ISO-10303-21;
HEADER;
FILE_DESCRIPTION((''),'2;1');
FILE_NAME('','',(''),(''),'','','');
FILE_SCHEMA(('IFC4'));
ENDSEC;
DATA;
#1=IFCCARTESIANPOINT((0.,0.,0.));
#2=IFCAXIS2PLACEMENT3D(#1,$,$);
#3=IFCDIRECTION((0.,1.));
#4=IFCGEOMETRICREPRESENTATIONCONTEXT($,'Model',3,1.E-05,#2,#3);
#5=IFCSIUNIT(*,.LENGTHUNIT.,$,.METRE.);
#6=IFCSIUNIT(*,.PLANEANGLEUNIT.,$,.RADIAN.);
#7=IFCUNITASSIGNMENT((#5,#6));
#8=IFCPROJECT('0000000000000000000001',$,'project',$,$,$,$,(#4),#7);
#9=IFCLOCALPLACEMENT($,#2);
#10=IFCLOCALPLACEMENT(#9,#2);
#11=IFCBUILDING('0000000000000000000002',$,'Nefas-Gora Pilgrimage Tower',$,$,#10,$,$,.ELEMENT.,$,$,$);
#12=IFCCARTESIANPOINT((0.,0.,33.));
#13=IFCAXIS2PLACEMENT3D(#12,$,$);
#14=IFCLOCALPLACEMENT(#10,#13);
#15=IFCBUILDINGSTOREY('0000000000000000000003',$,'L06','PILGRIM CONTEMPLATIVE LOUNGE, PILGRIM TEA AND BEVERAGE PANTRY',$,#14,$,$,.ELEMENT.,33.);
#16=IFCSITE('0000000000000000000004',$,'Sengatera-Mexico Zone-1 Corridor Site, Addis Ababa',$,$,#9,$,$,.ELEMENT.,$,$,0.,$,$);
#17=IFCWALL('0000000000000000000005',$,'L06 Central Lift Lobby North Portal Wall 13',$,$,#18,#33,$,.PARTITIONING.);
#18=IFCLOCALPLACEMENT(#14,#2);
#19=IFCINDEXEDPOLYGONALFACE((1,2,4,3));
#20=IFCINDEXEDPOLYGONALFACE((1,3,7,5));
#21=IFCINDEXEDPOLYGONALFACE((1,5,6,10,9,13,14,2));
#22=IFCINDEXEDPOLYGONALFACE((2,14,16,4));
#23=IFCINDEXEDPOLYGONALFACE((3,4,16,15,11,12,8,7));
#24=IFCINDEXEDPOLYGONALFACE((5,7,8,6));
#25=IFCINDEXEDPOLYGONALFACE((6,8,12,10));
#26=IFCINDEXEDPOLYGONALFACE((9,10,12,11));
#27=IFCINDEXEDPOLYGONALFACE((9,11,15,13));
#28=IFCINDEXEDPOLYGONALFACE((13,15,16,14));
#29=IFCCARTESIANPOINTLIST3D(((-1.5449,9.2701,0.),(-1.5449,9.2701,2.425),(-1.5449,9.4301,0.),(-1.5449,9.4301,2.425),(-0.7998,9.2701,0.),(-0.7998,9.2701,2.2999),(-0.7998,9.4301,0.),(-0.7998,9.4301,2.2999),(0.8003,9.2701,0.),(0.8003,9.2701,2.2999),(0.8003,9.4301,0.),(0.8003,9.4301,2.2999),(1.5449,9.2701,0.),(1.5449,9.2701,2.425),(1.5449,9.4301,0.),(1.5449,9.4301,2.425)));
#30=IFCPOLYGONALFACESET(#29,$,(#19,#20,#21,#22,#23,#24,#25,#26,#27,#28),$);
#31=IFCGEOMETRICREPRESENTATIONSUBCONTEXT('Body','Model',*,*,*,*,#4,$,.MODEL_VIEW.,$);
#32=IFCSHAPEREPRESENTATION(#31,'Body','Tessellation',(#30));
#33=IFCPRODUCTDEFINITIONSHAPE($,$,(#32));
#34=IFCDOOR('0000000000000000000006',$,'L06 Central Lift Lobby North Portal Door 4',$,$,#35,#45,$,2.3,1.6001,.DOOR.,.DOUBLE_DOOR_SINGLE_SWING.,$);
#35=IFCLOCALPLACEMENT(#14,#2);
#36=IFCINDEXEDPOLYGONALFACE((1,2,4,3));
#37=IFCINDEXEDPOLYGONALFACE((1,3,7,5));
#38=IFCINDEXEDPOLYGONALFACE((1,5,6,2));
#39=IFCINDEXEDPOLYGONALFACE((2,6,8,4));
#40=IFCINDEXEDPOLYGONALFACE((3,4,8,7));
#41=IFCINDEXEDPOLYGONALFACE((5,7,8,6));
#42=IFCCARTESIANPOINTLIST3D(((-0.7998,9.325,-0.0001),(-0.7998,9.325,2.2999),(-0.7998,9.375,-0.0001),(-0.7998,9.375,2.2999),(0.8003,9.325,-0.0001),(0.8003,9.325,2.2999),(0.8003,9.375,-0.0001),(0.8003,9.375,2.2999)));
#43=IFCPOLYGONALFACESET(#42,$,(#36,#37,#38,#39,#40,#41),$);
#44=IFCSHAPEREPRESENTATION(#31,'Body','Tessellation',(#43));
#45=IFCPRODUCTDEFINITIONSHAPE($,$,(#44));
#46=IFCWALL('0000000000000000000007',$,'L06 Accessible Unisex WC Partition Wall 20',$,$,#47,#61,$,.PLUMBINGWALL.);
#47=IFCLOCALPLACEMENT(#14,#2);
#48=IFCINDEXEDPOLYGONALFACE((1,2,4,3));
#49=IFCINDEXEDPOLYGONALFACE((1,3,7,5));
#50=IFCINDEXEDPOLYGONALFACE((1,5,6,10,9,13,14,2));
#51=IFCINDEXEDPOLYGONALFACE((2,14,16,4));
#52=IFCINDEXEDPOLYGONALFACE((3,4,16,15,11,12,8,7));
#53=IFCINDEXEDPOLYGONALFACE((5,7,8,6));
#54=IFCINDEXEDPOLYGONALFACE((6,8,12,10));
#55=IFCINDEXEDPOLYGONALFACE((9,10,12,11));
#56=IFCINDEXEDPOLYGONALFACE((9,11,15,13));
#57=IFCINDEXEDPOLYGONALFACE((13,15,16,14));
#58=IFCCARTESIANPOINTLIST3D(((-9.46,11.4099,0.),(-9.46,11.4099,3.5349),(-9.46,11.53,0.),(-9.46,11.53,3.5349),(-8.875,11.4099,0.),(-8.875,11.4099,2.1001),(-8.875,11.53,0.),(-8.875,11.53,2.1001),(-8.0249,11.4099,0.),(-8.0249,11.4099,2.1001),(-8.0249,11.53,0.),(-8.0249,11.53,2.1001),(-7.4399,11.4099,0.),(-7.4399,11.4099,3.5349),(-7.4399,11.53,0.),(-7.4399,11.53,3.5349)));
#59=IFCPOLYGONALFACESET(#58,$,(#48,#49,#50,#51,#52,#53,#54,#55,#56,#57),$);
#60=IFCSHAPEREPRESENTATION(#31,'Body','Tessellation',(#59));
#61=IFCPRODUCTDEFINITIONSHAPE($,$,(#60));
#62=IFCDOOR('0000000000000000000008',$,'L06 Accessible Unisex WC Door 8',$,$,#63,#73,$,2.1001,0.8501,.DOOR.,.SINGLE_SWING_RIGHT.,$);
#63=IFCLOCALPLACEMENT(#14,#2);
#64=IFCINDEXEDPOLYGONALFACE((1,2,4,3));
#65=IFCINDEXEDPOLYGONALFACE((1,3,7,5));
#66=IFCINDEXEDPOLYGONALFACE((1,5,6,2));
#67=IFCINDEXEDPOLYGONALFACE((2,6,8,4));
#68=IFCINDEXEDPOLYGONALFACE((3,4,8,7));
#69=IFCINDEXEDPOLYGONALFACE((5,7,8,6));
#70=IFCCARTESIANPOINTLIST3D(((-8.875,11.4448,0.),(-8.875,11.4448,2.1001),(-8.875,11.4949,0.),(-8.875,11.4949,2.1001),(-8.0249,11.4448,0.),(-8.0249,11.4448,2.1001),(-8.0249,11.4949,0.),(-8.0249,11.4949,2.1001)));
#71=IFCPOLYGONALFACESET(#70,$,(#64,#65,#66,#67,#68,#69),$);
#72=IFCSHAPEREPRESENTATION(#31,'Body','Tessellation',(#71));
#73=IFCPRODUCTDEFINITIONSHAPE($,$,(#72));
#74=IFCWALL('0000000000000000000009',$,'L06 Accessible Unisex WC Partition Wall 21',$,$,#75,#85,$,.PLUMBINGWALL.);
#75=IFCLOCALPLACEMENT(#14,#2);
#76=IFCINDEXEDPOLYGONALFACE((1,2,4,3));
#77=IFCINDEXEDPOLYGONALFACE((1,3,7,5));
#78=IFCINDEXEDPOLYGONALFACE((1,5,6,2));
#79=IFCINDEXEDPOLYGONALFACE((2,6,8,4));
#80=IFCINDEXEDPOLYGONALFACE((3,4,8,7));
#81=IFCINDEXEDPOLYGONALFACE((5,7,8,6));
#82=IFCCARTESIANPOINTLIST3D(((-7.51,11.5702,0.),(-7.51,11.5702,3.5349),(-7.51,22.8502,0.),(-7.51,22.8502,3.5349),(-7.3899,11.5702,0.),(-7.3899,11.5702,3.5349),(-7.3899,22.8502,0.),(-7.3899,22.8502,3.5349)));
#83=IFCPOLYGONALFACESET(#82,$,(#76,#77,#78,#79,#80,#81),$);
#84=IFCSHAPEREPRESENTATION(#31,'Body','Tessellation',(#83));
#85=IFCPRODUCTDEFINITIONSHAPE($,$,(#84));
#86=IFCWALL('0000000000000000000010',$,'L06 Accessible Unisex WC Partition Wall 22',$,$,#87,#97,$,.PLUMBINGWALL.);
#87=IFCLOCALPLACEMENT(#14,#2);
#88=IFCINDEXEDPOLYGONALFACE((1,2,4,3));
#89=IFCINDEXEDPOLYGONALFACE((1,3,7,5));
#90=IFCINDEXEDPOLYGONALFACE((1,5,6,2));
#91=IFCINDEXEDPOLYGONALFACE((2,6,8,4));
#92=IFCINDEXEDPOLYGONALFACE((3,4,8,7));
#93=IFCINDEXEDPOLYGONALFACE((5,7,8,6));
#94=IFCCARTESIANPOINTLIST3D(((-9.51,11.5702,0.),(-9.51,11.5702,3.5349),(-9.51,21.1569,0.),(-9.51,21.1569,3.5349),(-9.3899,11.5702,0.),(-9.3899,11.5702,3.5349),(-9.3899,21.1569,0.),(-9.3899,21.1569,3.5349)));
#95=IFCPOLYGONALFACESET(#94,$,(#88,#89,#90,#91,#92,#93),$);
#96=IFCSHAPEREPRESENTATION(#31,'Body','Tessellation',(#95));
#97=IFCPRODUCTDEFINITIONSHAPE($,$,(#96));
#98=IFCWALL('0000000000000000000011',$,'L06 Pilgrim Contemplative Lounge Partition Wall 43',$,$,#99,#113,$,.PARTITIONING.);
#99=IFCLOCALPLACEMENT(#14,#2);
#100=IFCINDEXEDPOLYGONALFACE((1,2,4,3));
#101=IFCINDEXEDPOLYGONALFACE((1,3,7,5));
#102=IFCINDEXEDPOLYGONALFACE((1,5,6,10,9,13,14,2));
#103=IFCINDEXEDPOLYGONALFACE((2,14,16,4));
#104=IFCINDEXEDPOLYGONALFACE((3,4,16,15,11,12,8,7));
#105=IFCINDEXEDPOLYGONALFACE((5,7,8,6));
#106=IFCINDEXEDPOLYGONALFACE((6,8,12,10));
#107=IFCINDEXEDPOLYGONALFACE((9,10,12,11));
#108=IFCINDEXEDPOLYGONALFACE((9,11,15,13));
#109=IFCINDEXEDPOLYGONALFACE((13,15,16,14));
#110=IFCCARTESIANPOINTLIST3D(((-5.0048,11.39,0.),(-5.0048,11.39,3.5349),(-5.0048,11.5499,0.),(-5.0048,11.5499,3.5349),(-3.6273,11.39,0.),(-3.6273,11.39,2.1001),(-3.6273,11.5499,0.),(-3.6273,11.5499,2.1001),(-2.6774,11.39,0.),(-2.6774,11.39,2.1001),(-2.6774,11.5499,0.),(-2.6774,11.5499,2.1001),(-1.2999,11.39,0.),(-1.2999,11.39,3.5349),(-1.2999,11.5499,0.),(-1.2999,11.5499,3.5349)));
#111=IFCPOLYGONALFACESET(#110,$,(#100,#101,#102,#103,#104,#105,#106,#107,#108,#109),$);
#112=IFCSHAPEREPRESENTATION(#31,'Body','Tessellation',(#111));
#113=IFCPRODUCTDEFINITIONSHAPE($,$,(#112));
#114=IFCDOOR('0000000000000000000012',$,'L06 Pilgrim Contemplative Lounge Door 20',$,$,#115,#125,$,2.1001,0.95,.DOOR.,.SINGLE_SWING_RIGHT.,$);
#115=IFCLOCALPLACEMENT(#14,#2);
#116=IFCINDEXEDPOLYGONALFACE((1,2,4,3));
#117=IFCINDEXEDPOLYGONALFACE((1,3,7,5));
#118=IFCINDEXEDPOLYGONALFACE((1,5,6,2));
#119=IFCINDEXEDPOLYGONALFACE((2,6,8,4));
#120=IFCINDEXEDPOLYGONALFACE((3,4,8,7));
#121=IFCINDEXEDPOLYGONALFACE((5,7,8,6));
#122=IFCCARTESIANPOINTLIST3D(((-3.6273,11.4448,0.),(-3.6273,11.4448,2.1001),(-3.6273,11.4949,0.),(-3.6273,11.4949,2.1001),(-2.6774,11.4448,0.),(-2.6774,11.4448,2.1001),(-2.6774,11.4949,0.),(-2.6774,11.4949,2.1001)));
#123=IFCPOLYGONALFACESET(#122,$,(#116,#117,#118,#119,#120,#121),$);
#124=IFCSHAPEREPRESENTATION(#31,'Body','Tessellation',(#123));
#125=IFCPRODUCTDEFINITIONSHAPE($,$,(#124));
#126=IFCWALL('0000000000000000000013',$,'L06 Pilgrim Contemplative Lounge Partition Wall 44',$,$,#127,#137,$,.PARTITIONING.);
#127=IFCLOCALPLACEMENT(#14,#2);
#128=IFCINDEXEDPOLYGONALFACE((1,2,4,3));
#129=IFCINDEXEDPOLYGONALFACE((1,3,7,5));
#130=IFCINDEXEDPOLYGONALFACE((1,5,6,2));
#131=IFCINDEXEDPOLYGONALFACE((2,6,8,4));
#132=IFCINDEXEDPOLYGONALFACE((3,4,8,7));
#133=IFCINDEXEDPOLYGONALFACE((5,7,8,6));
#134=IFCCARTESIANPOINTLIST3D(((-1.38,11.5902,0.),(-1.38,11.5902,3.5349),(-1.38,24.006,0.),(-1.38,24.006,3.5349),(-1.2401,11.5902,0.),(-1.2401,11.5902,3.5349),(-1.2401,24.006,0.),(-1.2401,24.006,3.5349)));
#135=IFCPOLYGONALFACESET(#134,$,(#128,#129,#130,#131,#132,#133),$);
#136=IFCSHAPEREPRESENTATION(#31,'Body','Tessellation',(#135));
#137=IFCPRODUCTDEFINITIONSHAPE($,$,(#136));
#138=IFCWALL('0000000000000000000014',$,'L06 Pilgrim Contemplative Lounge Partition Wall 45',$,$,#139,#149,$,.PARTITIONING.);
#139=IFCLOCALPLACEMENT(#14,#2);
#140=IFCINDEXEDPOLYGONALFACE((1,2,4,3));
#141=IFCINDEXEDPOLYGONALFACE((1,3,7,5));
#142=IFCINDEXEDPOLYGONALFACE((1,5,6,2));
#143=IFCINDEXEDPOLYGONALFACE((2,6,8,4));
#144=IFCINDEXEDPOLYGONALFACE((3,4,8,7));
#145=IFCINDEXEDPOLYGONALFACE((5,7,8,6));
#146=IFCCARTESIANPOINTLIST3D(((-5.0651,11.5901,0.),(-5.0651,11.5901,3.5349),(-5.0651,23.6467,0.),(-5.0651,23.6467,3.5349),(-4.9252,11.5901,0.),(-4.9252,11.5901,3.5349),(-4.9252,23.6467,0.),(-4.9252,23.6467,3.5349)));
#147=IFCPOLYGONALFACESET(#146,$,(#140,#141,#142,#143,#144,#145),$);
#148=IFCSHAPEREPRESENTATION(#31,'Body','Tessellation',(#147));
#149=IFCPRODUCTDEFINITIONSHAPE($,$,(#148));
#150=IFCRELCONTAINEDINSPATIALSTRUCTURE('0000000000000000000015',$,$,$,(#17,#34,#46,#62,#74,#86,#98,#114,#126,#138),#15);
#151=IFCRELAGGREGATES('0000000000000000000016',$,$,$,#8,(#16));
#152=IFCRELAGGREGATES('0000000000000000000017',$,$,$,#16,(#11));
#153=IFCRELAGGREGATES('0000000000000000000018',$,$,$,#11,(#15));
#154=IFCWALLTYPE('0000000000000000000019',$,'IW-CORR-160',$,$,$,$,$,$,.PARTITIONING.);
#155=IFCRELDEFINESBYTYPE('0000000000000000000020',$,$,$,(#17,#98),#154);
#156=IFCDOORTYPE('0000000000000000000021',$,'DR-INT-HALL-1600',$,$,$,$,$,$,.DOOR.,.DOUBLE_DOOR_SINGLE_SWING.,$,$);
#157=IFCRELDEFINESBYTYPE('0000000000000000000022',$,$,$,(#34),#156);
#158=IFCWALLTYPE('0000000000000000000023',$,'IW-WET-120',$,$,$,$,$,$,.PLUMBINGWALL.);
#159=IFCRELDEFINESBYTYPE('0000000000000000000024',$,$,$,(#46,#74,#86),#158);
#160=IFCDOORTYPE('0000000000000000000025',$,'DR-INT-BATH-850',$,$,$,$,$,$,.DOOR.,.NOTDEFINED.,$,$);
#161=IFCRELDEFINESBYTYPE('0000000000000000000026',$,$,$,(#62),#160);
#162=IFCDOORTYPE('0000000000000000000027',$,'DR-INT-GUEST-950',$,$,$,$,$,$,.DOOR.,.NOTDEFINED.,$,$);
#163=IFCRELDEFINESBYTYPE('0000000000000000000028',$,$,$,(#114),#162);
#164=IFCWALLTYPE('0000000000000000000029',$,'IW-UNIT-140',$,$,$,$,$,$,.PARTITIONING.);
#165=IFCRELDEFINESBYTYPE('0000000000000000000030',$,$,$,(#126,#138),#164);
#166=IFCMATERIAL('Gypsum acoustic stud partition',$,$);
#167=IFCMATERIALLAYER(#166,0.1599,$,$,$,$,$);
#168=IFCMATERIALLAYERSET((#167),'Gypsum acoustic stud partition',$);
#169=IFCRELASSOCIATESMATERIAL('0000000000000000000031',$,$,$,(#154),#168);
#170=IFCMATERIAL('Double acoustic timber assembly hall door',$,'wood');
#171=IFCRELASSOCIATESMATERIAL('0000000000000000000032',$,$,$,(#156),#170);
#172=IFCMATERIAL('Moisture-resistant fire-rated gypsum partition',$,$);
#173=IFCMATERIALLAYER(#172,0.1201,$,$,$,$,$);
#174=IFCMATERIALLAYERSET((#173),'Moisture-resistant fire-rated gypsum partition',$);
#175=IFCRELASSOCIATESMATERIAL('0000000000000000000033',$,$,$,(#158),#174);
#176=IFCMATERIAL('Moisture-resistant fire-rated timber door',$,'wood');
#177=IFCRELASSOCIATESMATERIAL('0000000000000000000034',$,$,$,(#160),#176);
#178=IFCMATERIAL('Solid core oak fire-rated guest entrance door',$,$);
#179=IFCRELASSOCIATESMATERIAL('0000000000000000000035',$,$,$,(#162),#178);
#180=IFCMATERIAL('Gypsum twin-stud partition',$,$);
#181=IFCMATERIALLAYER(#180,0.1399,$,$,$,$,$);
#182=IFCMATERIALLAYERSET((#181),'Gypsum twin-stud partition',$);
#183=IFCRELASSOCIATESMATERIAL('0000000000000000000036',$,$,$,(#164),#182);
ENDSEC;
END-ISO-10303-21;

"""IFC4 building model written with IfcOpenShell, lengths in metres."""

from ifc_helpers import new_model, si_unit, direction, frame, frame_2d, origin, place, context, subcontext, project, spatial, rectangle, extrude, source, transform, mapped, material, layer, layer_set, type_object, element, fill, save


model = new_model("IFC4")

# Units and contexts
model_context = context("Model", 3, precision=1e-05, world=origin(), true_north=direction((0.0, 1.0)))
body_context = subcontext(model_context, "Body", "Model", "MODEL_VIEW")
ifc_project = project(units=[si_unit("LENGTHUNIT", "METRE"), si_unit("PLANEANGLEUNIT", "RADIAN")], contexts=[model_context])

# Site, building, storey
site_placement = place(None, origin())
site = spatial("IfcSite", under=ifc_project, at=site_placement, Name="Sengatera-Mexico Zone-1 Corridor Site, Addis Ababa", CompositionType="ELEMENT", RefElevation=0.0)
building_placement = place(site_placement, origin())
building = spatial("IfcBuilding", under=site, at=building_placement, Name="Nefas-Gora Pilgrimage Tower", CompositionType="ELEMENT")
storey_placement = place(building_placement, frame((0.0, 0.0, 33.0)))
storey = spatial("IfcBuildingStorey", under=building, at=storey_placement, Name="L06", Description="PILGRIM CONTEMPLATIVE LOUNGE, PILGRIM TEA AND BEVERAGE PANTRY", CompositionType="ELEMENT", Elevation=33.0)

# Walls, openings, doors
ifc_material_1 = material(Name="Gypsum acoustic stud partition")
ifc_layer_1 = layer(ifc_material_1, 0.1599)
ifc_layer_set_1 = layer_set([ifc_layer_1], Name="Gypsum acoustic stud partition")
wall_type_1 = type_object("IfcWallType", Name="IW-CORR-160", PredefinedType="PARTITIONING", material=ifc_layer_set_1)
shared_shape_1 = source(origin(), body_context, "Body", "SweptSolid", [
    extrude(rectangle(XDim=3.0898, YDim=0.1599, at=frame_2d((1.5449, 0.0))), origin(), (0.0, 0.0, 1.0), 2.425),
])
wall_1_placement = place(storey_placement, frame((-1.5449, 9.3501, 0.0), z_axis=(0.0, 0.0, 1.0), x_axis=(1.0, 0.0, 0.0)))
wall_1 = element("IfcWall", 1, at=wall_1_placement, inside=storey, type_object=wall_type_1, Name="L06 Central Lift Lobby North Portal Wall 13", PredefinedType="PARTITIONING", context=body_context, shape_type="MappedRepresentation", body=[
    mapped(shared_shape_1, transform((0.0, 0.0, 0.0), x_axis=(1.0, 0.0, 0.0), y_axis=(0.0, 1.0, 0.0), z_axis=(0.0, 0.0, 1.0), scale=1.0)),
])
opening_1_placement = place(wall_1_placement, frame((0.7451, 0.0, 0.0)))
opening_1 = element("IfcOpeningElement", 2, at=opening_1_placement, cuts=wall_1, PredefinedType="OPENING", context=body_context, shape_type="SweptSolid", body=[
    extrude(rectangle(XDim=1.6001, YDim=2.3, at=frame_2d((0.8, 1.1499))), frame((0.0, 0.0898, 0.0), z_axis=(0.0, -1.0, 0.0), x_axis=(1.0, 0.0, 0.0)), (0.0, 0.0, 1.0), 0.1799),
])
ifc_material_2 = material(Name="Double acoustic timber assembly hall door", Category="wood")
door_type_1 = type_object("IfcDoorType", Name="DR-INT-HALL-1600", OperationType="DOUBLE_DOOR_SINGLE_SWING", PredefinedType="DOOR", material=ifc_material_2)
shared_shape_2 = source(origin(), body_context, "Body", "SweptSolid", [
    extrude(rectangle(XDim=1.6001, YDim=2.3, at=frame_2d((0.8, 1.1499))), frame((0.0, 0.0249, 0.0), z_axis=(0.0, -1.0, 0.0), x_axis=(1.0, 0.0, 0.0)), (0.0, 0.0, 1.0), 0.05),
])
door_1_placement = place(opening_1_placement, origin())
door_1 = element("IfcDoor", 3, at=door_1_placement, inside=storey, type_object=door_type_1, Name="L06 Central Lift Lobby North Portal Door 4", OperationType="DOUBLE_DOOR_SINGLE_SWING", OverallHeight=2.3, OverallWidth=1.6001, PredefinedType="DOOR", context=body_context, shape_type="MappedRepresentation", body=[
    mapped(shared_shape_2, transform((0.0, 0.0, 0.0), x_axis=(1.0, 0.0, 0.0), y_axis=(0.0, 1.0, 0.0), z_axis=(0.0, 0.0, 1.0), scale=1.0)),
])
fill(opening_1, door_1)
ifc_material_3 = material(Name="Moisture-resistant fire-rated gypsum partition")
ifc_layer_2 = layer(ifc_material_3, 0.1201)
ifc_layer_set_2 = layer_set([ifc_layer_2], Name="Moisture-resistant fire-rated gypsum partition")
wall_type_2 = type_object("IfcWallType", Name="IW-WET-120", PredefinedType="PLUMBINGWALL", material=ifc_layer_set_2)
shared_shape_3 = source(origin(), body_context, "Body", "SweptSolid", [
    extrude(rectangle(XDim=2.02, YDim=0.1201, at=frame_2d((1.01, 0.0))), origin(), (0.0, 0.0, 1.0), 3.5349),
])
wall_2_placement = place(storey_placement, frame((-9.46, 11.47, 0.0), z_axis=(0.0, 0.0, 1.0), x_axis=(1.0, 0.0, 0.0)))
wall_2 = element("IfcWall", 4, at=wall_2_placement, inside=storey, type_object=wall_type_2, Name="L06 Accessible Unisex WC Partition Wall 20", PredefinedType="PLUMBINGWALL", context=body_context, shape_type="MappedRepresentation", body=[
    mapped(shared_shape_3, transform((0.0, 0.0, 0.0), x_axis=(1.0, 0.0, 0.0), y_axis=(0.0, 1.0, 0.0), z_axis=(0.0, 0.0, 1.0), scale=1.0)),
])
opening_2_placement = place(wall_2_placement, frame((0.585, 0.0, 0.0)))
opening_2 = element("IfcOpeningElement", 5, at=opening_2_placement, cuts=wall_2, PredefinedType="OPENING", context=body_context, shape_type="SweptSolid", body=[
    extrude(rectangle(XDim=0.8501, YDim=2.1001, at=frame_2d((0.425, 1.05))), frame((0.0, 0.0701, 0.0), z_axis=(0.0, -1.0, 0.0), x_axis=(1.0, 0.0, 0.0)), (0.0, 0.0, 1.0), 0.1401),
])
ifc_material_4 = material(Name="Moisture-resistant fire-rated timber door", Category="wood")
door_type_2 = type_object("IfcDoorType", Name="DR-INT-BATH-850", OperationType="NOTDEFINED", PredefinedType="DOOR", material=ifc_material_4)
shared_shape_4 = source(origin(), body_context, "Body", "SweptSolid", [
    extrude(rectangle(XDim=0.8501, YDim=2.1001, at=frame_2d((0.425, 1.05))), frame((0.0, 0.0249, 0.0), z_axis=(0.0, -1.0, 0.0), x_axis=(1.0, 0.0, 0.0)), (0.0, 0.0, 1.0), 0.05),
])
door_2_placement = place(opening_2_placement, origin())
door_2 = element("IfcDoor", 6, at=door_2_placement, inside=storey, type_object=door_type_2, Name="L06 Accessible Unisex WC Door 8", OperationType="SINGLE_SWING_RIGHT", OverallHeight=2.1001, OverallWidth=0.8501, PredefinedType="DOOR", context=body_context, shape_type="MappedRepresentation", body=[
    mapped(shared_shape_4, transform((0.0, 0.0, 0.0), x_axis=(1.0, 0.0, 0.0), y_axis=(0.0, 1.0, 0.0), z_axis=(0.0, 0.0, 1.0), scale=1.0)),
])
fill(opening_2, door_2)

# Walls
shared_shape_5 = source(origin(), body_context, "Body", "SweptSolid", [
    extrude(rectangle(XDim=11.28, YDim=0.1201, at=frame_2d((5.6401, 0.0))), origin(), (0.0, 0.0, 1.0), 3.5349),
])
wall_3_placement = place(storey_placement, frame((-7.45, 11.5701, 0.0), z_axis=(0.0, 0.0, 1.0), x_axis=(0.0, 1.0, 0.0)))
element("IfcWall", 7, at=wall_3_placement, inside=storey, type_object=wall_type_2, Name="L06 Accessible Unisex WC Partition Wall 21", PredefinedType="PLUMBINGWALL", context=body_context, shape_type="MappedRepresentation", body=[
    mapped(shared_shape_5, transform((0.0, 0.0, 0.0), x_axis=(1.0, 0.0, 0.0), y_axis=(0.0, 1.0, 0.0), z_axis=(0.0, 0.0, 1.0), scale=1.0)),
])
shared_shape_6 = source(origin(), body_context, "Body", "SweptSolid", [
    extrude(rectangle(XDim=9.5867, YDim=0.1201, at=frame_2d((4.7935, 0.0))), origin(), (0.0, 0.0, 1.0), 3.5349),
])
wall_4_placement = place(storey_placement, frame((-9.45, 11.5701, 0.0), z_axis=(0.0, 0.0, 1.0), x_axis=(0.0, 1.0, 0.0)))
element("IfcWall", 8, at=wall_4_placement, inside=storey, type_object=wall_type_2, Name="L06 Accessible Unisex WC Partition Wall 22", PredefinedType="PLUMBINGWALL", context=body_context, shape_type="MappedRepresentation", body=[
    mapped(shared_shape_6, transform((0.0, 0.0, 0.0), x_axis=(1.0, 0.0, 0.0), y_axis=(0.0, 1.0, 0.0), z_axis=(0.0, 0.0, 1.0), scale=1.0)),
])

# Wall, opening, door
shared_shape_7 = source(origin(), body_context, "Body", "SweptSolid", [
    extrude(rectangle(XDim=3.7048, YDim=0.1599, at=frame_2d((1.8525, 0.0))), origin(), (0.0, 0.0, 1.0), 3.5349),
])
wall_5_placement = place(storey_placement, frame((-5.0049, 11.47, 0.0), z_axis=(0.0, 0.0, 1.0), x_axis=(1.0, 0.0, 0.0)))
wall_5 = element("IfcWall", 9, at=wall_5_placement, inside=storey, type_object=wall_type_1, Name="L06 Pilgrim Contemplative Lounge Partition Wall 43", PredefinedType="PARTITIONING", context=body_context, shape_type="MappedRepresentation", body=[
    mapped(shared_shape_7, transform((0.0, 0.0, 0.0), x_axis=(1.0, 0.0, 0.0), y_axis=(0.0, 1.0, 0.0), z_axis=(0.0, 0.0, 1.0), scale=1.0)),
])
opening_3_placement = place(wall_5_placement, frame((1.3774, 0.0, 0.0)))
opening_3 = element("IfcOpeningElement", 10, at=opening_3_placement, cuts=wall_5, PredefinedType="OPENING", context=body_context, shape_type="SweptSolid", body=[
    extrude(rectangle(XDim=0.95, YDim=2.1001, at=frame_2d((0.4751, 1.05))), frame((0.0, 0.0898, 0.0), z_axis=(0.0, -1.0, 0.0), x_axis=(1.0, 0.0, 0.0)), (0.0, 0.0, 1.0), 0.1799),
])
ifc_material_5 = material(Name="Solid core oak fire-rated guest entrance door")
door_type_3 = type_object("IfcDoorType", Name="DR-INT-GUEST-950", OperationType="NOTDEFINED", PredefinedType="DOOR", material=ifc_material_5)
shared_shape_8 = source(origin(), body_context, "Body", "SweptSolid", [
    extrude(rectangle(XDim=0.95, YDim=2.1001, at=frame_2d((0.4751, 1.05))), frame((0.0, 0.0249, 0.0), z_axis=(0.0, -1.0, 0.0), x_axis=(1.0, 0.0, 0.0)), (0.0, 0.0, 1.0), 0.05),
])
door_3_placement = place(opening_3_placement, origin())
door_3 = element("IfcDoor", 11, at=door_3_placement, inside=storey, type_object=door_type_3, Name="L06 Pilgrim Contemplative Lounge Door 20", OperationType="SINGLE_SWING_RIGHT", OverallHeight=2.1001, OverallWidth=0.95, PredefinedType="DOOR", context=body_context, shape_type="MappedRepresentation", body=[
    mapped(shared_shape_8, transform((0.0, 0.0, 0.0), x_axis=(1.0, 0.0, 0.0), y_axis=(0.0, 1.0, 0.0), z_axis=(0.0, 0.0, 1.0), scale=1.0)),
])
fill(opening_3, door_3)

# Walls
ifc_material_6 = material(Name="Gypsum twin-stud partition")
ifc_layer_3 = layer(ifc_material_6, 0.1399)
ifc_layer_set_3 = layer_set([ifc_layer_3], Name="Gypsum twin-stud partition")
wall_type_3 = type_object("IfcWallType", Name="IW-UNIT-140", PredefinedType="PARTITIONING", material=ifc_layer_set_3)
shared_shape_9 = source(origin(), body_context, "Body", "SweptSolid", [
    extrude(rectangle(XDim=12.4158, YDim=0.1399, at=frame_2d((6.208, 0.0))), origin(), (0.0, 0.0, 1.0), 3.5349),
])
wall_6_placement = place(storey_placement, frame((-1.3101, 11.5901, 0.0), z_axis=(0.0, 0.0, 1.0), x_axis=(0.0, 1.0, 0.0)))
element("IfcWall", 12, at=wall_6_placement, inside=storey, type_object=wall_type_3, Name="L06 Pilgrim Contemplative Lounge Partition Wall 44", PredefinedType="PARTITIONING", context=body_context, shape_type="MappedRepresentation", body=[
    mapped(shared_shape_9, transform((0.0, 0.0, 0.0), x_axis=(1.0, 0.0, 0.0), y_axis=(0.0, 1.0, 0.0), z_axis=(0.0, 0.0, 1.0), scale=1.0)),
])
shared_shape_10 = source(origin(), body_context, "Body", "SweptSolid", [
    extrude(rectangle(XDim=12.0566, YDim=0.1399, at=frame_2d((6.0283, 0.0))), origin(), (0.0, 0.0, 1.0), 3.5349),
])
wall_7_placement = place(storey_placement, frame((-4.9951, 11.5901, 0.0), z_axis=(0.0, 0.0, 1.0), x_axis=(0.0, 1.0, 0.0)))
element("IfcWall", 13, at=wall_7_placement, inside=storey, type_object=wall_type_3, Name="L06 Pilgrim Contemplative Lounge Partition Wall 45", PredefinedType="PARTITIONING", context=body_context, shape_type="MappedRepresentation", body=[
    mapped(shared_shape_10, transform((0.0, 0.0, 0.0), x_axis=(1.0, 0.0, 0.0), y_axis=(0.0, 1.0, 0.0), z_axis=(0.0, 0.0, 1.0), scale=1.0)),
])

save(model, "model.ifc")
